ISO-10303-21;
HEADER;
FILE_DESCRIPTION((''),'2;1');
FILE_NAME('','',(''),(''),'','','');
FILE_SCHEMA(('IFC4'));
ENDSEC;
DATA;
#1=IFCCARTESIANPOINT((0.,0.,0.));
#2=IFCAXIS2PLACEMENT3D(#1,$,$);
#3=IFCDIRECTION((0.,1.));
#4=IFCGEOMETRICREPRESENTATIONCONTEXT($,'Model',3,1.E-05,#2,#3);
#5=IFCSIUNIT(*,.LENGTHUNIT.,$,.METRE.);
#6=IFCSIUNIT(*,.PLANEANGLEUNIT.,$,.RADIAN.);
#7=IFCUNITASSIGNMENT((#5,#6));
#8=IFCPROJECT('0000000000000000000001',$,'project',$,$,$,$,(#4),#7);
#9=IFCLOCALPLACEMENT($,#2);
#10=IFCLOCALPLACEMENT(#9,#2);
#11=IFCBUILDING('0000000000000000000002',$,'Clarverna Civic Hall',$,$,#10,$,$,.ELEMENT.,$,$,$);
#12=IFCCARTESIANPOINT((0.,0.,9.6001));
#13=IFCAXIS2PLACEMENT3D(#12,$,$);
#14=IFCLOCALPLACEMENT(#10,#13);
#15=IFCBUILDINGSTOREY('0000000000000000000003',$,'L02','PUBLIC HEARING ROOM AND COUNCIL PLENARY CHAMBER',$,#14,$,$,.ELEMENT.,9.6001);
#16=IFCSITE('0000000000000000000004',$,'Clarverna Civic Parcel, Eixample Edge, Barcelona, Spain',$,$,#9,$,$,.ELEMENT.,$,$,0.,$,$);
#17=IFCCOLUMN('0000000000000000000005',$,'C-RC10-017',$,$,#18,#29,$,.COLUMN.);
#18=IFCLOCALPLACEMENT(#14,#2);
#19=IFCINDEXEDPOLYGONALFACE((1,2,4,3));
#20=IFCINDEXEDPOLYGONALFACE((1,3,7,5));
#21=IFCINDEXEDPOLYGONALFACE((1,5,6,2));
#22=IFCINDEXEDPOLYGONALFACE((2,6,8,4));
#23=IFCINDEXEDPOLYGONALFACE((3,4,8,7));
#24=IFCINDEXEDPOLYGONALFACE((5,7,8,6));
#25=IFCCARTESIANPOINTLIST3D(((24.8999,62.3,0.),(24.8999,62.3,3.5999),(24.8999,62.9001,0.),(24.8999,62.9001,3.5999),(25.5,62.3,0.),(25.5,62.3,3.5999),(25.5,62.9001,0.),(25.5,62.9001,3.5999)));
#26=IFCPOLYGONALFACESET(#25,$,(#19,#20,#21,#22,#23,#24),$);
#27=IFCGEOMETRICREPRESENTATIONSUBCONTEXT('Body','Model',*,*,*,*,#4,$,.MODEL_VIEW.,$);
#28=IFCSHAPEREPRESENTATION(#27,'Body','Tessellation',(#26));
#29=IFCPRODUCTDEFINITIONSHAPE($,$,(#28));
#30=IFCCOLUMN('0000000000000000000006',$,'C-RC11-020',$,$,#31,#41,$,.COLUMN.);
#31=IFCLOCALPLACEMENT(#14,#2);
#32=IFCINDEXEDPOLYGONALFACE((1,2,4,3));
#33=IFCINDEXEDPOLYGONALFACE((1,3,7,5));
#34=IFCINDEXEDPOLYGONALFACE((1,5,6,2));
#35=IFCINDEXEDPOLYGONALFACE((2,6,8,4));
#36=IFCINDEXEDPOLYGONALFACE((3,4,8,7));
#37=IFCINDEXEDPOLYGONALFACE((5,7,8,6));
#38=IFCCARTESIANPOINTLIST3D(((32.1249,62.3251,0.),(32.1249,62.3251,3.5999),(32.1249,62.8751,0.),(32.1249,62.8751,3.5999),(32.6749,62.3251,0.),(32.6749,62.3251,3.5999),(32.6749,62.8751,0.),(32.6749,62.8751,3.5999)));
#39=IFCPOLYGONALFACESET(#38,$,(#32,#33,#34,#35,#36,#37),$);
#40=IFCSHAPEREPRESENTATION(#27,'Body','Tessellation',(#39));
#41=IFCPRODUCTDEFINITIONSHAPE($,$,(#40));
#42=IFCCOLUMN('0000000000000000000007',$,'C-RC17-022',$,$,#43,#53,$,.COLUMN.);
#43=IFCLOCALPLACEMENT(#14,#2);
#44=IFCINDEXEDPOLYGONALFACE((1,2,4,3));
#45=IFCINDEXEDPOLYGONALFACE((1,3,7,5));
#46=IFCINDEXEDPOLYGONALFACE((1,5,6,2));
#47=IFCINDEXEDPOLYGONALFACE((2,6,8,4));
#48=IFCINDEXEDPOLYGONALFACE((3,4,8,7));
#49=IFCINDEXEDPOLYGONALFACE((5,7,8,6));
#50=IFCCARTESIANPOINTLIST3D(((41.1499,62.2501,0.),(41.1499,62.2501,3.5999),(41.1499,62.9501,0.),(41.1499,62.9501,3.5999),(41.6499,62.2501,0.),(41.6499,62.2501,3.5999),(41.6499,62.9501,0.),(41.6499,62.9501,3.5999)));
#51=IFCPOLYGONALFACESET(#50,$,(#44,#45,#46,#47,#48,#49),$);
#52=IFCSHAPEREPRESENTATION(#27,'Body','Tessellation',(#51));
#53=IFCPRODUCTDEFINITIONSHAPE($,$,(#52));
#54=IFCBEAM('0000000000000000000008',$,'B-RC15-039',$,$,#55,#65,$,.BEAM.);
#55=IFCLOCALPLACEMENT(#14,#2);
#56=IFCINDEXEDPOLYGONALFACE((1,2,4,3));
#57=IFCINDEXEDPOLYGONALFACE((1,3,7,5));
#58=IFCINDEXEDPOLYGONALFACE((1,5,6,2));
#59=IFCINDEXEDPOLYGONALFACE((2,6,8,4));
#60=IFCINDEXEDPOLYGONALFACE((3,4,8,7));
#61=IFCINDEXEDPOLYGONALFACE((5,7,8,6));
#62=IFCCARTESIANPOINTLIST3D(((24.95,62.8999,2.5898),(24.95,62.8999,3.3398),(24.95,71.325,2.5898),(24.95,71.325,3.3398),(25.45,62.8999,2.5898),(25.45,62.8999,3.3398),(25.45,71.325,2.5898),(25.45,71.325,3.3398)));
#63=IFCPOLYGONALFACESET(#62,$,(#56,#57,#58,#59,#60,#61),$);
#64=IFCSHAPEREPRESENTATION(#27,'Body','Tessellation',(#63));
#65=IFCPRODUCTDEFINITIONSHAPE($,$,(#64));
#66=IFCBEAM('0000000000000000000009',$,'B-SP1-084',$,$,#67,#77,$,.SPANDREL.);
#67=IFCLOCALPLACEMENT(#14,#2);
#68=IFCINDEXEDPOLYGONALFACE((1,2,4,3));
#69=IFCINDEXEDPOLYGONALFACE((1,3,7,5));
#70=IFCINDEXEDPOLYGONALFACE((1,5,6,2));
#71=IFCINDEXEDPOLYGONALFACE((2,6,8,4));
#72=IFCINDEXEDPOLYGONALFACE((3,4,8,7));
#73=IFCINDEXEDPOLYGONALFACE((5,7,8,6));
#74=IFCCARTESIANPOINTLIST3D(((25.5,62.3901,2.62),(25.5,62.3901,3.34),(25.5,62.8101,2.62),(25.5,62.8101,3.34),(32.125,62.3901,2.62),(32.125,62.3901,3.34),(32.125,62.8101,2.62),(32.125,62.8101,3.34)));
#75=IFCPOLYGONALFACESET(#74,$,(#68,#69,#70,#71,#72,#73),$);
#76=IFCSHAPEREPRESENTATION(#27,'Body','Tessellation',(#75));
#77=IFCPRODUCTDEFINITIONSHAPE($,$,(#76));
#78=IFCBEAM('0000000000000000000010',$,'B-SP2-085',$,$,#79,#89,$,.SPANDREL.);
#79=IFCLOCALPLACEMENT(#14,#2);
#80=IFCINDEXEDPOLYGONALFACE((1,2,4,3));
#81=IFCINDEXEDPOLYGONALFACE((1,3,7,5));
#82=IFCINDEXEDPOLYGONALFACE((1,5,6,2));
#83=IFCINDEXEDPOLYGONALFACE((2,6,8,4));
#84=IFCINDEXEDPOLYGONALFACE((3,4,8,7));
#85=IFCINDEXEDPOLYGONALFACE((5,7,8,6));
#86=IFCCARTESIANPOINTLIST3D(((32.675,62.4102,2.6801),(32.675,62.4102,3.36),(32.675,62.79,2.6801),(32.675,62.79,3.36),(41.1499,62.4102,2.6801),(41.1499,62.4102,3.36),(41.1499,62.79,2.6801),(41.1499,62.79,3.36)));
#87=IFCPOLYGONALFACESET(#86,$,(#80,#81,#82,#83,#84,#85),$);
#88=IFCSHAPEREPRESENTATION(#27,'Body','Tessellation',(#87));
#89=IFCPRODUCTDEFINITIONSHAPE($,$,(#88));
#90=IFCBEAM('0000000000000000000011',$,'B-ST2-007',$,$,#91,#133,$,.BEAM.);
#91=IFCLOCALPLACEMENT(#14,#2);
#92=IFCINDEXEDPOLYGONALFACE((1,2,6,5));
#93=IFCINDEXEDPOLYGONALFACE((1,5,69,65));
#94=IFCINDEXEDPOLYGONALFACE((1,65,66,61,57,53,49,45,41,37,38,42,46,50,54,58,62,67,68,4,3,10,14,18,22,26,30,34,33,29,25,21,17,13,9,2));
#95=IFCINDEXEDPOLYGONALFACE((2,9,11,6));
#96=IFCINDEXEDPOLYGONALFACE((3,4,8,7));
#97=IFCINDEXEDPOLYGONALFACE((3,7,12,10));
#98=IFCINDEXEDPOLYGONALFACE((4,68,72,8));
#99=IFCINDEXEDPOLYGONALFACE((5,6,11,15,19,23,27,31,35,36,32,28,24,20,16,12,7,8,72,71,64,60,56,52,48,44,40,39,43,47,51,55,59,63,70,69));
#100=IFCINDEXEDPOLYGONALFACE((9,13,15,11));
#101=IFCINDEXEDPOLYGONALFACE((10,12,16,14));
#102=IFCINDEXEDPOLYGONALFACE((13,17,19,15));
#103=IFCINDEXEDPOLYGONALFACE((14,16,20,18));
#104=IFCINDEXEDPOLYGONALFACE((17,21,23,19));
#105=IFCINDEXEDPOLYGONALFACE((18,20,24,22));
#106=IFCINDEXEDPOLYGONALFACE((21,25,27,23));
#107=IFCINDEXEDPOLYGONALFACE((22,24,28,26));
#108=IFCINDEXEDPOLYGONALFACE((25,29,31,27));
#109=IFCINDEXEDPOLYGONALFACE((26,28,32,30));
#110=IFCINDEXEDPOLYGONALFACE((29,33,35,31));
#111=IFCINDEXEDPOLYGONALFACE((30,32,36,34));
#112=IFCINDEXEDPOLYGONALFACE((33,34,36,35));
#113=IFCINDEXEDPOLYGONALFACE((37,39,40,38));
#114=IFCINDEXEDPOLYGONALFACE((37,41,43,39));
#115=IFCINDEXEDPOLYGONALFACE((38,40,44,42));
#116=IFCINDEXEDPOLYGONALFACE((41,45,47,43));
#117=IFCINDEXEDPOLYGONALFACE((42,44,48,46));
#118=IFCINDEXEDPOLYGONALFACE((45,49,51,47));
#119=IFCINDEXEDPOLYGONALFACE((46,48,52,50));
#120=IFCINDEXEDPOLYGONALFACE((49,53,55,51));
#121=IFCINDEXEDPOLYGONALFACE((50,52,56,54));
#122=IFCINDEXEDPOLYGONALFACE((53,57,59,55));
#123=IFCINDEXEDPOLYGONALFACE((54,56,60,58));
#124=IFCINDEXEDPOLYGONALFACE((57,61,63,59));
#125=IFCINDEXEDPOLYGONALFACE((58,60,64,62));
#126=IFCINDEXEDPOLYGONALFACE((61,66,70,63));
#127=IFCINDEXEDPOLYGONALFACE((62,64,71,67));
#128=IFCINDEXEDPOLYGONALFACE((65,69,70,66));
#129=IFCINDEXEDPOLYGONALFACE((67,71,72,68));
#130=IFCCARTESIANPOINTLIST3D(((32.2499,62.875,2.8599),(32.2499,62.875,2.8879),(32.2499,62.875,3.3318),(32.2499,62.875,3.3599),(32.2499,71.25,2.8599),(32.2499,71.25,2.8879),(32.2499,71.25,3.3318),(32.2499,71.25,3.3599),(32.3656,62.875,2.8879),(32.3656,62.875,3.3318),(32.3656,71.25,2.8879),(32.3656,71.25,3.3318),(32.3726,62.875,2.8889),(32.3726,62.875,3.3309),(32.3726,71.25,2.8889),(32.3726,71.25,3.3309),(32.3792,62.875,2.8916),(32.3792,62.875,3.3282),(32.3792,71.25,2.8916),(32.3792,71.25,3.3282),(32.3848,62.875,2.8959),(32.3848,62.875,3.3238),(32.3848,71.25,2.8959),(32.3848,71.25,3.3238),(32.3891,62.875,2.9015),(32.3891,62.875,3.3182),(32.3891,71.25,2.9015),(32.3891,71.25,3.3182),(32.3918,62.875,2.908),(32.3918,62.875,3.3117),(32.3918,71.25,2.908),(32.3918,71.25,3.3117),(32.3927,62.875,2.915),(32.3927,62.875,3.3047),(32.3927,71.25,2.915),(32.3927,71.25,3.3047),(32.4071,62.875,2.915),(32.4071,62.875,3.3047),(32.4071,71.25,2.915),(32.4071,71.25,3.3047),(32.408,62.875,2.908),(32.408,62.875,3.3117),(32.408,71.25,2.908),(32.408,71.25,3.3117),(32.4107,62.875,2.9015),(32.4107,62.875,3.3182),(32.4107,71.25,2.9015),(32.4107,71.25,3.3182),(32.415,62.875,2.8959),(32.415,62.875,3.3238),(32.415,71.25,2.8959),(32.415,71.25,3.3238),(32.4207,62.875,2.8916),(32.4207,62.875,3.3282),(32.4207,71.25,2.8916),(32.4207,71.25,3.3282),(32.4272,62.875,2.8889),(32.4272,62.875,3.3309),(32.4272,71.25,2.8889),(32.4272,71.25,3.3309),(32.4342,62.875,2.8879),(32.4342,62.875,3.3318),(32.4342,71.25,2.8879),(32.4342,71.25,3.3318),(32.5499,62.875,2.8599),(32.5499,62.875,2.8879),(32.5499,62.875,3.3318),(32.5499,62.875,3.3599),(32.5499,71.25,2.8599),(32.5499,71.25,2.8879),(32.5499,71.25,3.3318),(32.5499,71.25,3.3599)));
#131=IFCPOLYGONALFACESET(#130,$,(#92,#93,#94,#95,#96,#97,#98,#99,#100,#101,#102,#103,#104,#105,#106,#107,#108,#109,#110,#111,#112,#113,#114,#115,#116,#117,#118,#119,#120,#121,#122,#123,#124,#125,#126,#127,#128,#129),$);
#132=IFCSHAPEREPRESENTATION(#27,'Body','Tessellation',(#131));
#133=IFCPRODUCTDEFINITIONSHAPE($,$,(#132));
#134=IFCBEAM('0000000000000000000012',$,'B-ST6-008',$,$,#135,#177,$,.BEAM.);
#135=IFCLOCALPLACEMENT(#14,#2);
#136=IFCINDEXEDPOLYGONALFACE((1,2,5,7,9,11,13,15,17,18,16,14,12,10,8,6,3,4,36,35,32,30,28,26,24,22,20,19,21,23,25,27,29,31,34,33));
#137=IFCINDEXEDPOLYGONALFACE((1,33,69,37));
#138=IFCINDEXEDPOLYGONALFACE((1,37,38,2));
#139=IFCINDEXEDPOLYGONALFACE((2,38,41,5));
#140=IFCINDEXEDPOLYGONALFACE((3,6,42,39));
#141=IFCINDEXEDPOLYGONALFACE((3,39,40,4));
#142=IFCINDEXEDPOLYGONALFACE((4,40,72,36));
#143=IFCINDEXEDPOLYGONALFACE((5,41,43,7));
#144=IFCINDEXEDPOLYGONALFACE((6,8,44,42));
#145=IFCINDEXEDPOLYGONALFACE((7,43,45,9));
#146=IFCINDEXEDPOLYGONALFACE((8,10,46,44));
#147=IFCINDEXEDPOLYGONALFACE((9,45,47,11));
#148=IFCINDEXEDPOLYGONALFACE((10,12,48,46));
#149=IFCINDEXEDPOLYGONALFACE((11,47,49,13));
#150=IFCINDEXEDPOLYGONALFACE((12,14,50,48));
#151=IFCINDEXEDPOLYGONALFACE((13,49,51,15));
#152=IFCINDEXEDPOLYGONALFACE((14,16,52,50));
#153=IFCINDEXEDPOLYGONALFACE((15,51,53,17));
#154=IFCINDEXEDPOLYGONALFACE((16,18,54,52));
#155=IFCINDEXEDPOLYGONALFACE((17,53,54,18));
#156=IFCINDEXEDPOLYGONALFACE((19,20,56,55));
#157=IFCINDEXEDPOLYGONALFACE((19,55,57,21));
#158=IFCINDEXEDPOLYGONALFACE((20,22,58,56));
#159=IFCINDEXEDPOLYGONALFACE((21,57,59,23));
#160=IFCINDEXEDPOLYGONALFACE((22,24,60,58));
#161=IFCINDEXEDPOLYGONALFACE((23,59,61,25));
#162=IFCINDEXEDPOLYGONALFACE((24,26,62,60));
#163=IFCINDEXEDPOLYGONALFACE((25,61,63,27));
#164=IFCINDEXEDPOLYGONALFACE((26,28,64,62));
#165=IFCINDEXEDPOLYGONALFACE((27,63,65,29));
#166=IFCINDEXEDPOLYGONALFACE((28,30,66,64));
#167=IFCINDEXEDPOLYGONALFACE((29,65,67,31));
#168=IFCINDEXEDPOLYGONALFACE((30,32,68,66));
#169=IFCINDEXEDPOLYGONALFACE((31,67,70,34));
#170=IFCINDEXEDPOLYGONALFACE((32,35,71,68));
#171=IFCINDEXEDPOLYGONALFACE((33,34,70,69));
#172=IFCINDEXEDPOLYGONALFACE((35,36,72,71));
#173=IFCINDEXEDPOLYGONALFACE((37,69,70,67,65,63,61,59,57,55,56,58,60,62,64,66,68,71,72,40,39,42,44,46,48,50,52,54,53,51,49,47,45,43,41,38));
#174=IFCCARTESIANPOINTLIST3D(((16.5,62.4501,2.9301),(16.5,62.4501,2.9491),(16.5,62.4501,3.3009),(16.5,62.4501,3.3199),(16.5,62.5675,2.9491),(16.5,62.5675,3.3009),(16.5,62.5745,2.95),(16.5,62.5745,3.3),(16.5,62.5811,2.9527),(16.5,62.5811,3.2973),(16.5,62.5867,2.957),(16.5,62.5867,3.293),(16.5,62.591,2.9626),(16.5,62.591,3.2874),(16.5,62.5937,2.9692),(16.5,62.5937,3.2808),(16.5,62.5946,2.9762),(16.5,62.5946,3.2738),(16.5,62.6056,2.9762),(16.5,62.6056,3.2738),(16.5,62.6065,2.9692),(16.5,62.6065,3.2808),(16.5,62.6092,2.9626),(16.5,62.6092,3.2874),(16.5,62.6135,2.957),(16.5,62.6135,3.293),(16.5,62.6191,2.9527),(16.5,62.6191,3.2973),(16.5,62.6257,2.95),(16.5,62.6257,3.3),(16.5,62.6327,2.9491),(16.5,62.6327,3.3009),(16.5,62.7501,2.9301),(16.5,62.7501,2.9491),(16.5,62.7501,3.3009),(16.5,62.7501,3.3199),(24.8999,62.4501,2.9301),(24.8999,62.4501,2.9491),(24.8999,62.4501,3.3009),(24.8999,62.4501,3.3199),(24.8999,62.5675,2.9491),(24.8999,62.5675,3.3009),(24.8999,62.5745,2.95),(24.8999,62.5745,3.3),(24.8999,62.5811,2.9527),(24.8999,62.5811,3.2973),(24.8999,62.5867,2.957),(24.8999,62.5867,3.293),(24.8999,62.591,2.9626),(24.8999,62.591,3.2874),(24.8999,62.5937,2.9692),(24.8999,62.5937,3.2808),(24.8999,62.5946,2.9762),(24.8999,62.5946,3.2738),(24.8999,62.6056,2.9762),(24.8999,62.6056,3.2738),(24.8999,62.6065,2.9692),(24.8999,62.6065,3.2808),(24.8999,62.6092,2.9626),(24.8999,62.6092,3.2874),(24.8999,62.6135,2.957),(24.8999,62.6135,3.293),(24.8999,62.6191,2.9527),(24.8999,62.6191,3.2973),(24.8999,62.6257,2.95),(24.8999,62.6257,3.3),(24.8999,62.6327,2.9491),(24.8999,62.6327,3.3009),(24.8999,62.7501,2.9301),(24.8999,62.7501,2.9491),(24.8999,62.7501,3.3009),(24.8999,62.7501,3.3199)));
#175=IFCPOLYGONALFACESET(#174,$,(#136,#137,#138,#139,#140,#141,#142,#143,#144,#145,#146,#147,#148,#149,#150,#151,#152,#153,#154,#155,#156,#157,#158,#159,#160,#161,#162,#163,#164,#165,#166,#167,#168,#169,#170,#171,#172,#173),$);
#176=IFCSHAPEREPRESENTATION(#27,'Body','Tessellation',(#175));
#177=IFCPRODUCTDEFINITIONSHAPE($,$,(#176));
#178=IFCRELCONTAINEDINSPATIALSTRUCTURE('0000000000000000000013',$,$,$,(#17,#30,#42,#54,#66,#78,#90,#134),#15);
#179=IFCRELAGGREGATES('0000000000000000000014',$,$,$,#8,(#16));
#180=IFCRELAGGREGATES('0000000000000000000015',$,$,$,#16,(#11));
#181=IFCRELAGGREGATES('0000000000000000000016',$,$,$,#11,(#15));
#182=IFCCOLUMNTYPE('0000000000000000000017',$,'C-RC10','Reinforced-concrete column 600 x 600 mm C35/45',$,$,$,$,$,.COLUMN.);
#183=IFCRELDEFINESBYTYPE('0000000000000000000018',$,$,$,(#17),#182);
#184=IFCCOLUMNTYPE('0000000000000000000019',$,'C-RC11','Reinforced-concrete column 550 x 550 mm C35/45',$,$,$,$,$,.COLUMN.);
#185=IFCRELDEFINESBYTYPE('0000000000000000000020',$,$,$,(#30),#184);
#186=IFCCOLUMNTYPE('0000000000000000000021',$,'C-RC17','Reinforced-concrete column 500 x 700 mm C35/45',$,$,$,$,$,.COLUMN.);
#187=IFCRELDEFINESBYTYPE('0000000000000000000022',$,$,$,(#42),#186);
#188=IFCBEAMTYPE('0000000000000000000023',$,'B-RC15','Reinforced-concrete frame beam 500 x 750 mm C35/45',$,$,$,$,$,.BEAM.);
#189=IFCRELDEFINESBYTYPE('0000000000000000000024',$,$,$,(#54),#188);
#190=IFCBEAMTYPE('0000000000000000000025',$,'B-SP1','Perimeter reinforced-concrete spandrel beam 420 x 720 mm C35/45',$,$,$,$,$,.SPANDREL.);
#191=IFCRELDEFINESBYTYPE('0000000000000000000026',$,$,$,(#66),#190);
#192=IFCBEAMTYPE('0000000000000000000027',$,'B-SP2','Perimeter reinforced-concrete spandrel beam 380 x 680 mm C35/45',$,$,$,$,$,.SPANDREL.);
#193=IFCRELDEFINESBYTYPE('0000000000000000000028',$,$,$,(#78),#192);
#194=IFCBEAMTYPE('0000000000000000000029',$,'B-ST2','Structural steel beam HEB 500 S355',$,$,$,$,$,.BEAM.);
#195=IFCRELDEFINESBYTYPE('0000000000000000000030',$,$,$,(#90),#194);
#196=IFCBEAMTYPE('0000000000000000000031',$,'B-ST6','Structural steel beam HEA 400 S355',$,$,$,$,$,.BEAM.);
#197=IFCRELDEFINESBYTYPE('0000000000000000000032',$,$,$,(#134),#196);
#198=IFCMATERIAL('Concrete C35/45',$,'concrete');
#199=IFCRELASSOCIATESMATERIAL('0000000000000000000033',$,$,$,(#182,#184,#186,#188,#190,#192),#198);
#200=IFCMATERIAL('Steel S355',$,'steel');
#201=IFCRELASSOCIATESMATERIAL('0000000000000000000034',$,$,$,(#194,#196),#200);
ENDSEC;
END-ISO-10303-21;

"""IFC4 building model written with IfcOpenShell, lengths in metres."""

from ifc_helpers import new_model, si_unit, direction, frame, origin, origin_2d, place, context, subcontext, project, spatial, rectangle, i_section, extrude, material, material_profile, profile_set, type_object, element, save


model = new_model("IFC4")

# Units and contexts
model_context = context("Model", 3, precision=1e-05, world=origin(), true_north=direction((0.0, 1.0)))
body_context = subcontext(model_context, "Body", "Model", "MODEL_VIEW")
ifc_project = project(units=[si_unit("LENGTHUNIT", "METRE"), si_unit("PLANEANGLEUNIT", "RADIAN")], contexts=[model_context])

# Site, building, storey
site_placement = place(None, origin())
site = spatial("IfcSite", under=ifc_project, at=site_placement, Name="Clarverna Civic Parcel, Eixample Edge, Barcelona, Spain", CompositionType="ELEMENT", RefElevation=0.0)
building_placement = place(site_placement, origin())
building = spatial("IfcBuilding", under=site, at=building_placement, Name="Clarverna Civic Hall", CompositionType="ELEMENT")
storey_placement = place(building_placement, frame((0.0, 0.0, 9.6001)))
storey = spatial("IfcBuildingStorey", under=building, at=storey_placement, Name="L02", Description="PUBLIC HEARING ROOM AND COUNCIL PLENARY CHAMBER", CompositionType="ELEMENT", Elevation=9.6001)

# Columns
ifc_material_1 = material(Name="Concrete C35/45", Category="concrete")
ifc_material_profile_1 = material_profile(ifc_material_1, rectangle(XDim=0.6001, YDim=0.6001, at=origin_2d()), Name="RC 600x600")
ifc_profile_set_1 = profile_set([ifc_material_profile_1], Name="Concrete C35/45")
column_type_1 = type_object("IfcColumnType", Name="C-RC10", Description="Reinforced-concrete column 600 x 600 mm C35/45", PredefinedType="COLUMN", material=ifc_profile_set_1)
column_1_placement = place(storey_placement, frame((25.2, 62.6001, 0.0), z_axis=(0.0, 0.0, 1.0), x_axis=(1.0, 0.0, 0.0)))
element("IfcColumn", 1, at=column_1_placement, inside=storey, type_object=column_type_1, Name="C-RC10-017", PredefinedType="COLUMN", context=body_context, shape_type="SweptSolid", body=[
    extrude(rectangle(XDim=0.6001, YDim=0.6001, at=origin_2d()), origin(), (0.0, 0.0, 1.0), 3.5999),
])
ifc_material_profile_2 = material_profile(ifc_material_1, rectangle(XDim=0.55, YDim=0.55, at=origin_2d()), Name="RC 550x550")
ifc_profile_set_2 = profile_set([ifc_material_profile_2], Name="Concrete C35/45")
column_type_2 = type_object("IfcColumnType", Name="C-RC11", Description="Reinforced-concrete column 550 x 550 mm C35/45", PredefinedType="COLUMN", material=ifc_profile_set_2)
column_2_placement = place(storey_placement, frame((32.3999, 62.6001, 0.0), z_axis=(0.0, 0.0, 1.0), x_axis=(1.0, 0.0, 0.0)))
element("IfcColumn", 2, at=column_2_placement, inside=storey, type_object=column_type_2, Name="C-RC11-020", PredefinedType="COLUMN", context=body_context, shape_type="SweptSolid", body=[
    extrude(rectangle(XDim=0.55, YDim=0.55, at=origin_2d()), origin(), (0.0, 0.0, 1.0), 3.5999),
])
ifc_material_profile_3 = material_profile(ifc_material_1, rectangle(XDim=0.5, YDim=0.7, at=origin_2d()), Name="RC 500x700")
ifc_profile_set_3 = profile_set([ifc_material_profile_3], Name="Concrete C35/45")
column_type_3 = type_object("IfcColumnType", Name="C-RC17", Description="Reinforced-concrete column 500 x 700 mm C35/45", PredefinedType="COLUMN", material=ifc_profile_set_3)
column_3_placement = place(storey_placement, frame((41.3999, 62.6001, 0.0), z_axis=(0.0, 0.0, 1.0), x_axis=(1.0, 0.0, 0.0)))
element("IfcColumn", 3, at=column_3_placement, inside=storey, type_object=column_type_3, Name="C-RC17-022", PredefinedType="COLUMN", context=body_context, shape_type="SweptSolid", body=[
    extrude(rectangle(XDim=0.5, YDim=0.7, at=origin_2d()), origin(), (0.0, 0.0, 1.0), 3.5999),
])

# Beams
ifc_material_profile_4 = material_profile(ifc_material_1, rectangle(XDim=0.5, YDim=0.75, at=origin_2d()), Name="RC 500x750")
ifc_profile_set_4 = profile_set([ifc_material_profile_4], Name="Concrete C35/45")
beam_type_1 = type_object("IfcBeamType", Name="B-RC15", Description="Reinforced-concrete frame beam 500 x 750 mm C35/45", PredefinedType="BEAM", material=ifc_profile_set_4)
beam_1_placement = place(storey_placement, frame((25.2, 62.8999, 2.9648), z_axis=(0.0, 1.0, 0.0), x_axis=(-1.0, 0.0, 0.0)))
element("IfcBeam", 4, at=beam_1_placement, inside=storey, type_object=beam_type_1, Name="B-RC15-039", PredefinedType="BEAM", context=body_context, shape_type="SweptSolid", body=[
    extrude(rectangle(XDim=0.5, YDim=0.75, at=origin_2d()), origin(), (0.0, 0.0, 1.0), 8.425),
])
ifc_material_profile_5 = material_profile(ifc_material_1, rectangle(XDim=0.4199, YDim=0.72, at=origin_2d()), Name="RC 420x720")
ifc_profile_set_5 = profile_set([ifc_material_profile_5], Name="Concrete C35/45")
beam_type_2 = type_object("IfcBeamType", Name="B-SP1", Description="Perimeter reinforced-concrete spandrel beam 420 x 720 mm C35/45", PredefinedType="SPANDREL", material=ifc_profile_set_5)
beam_2_placement = place(storey_placement, frame((25.5, 62.6001, 2.98), z_axis=(1.0, 0.0, 0.0), x_axis=(0.0, 1.0, 0.0)))
element("IfcBeam", 5, at=beam_2_placement, inside=storey, type_object=beam_type_2, Name="B-SP1-084", PredefinedType="SPANDREL", context=body_context, shape_type="SweptSolid", body=[
    extrude(rectangle(XDim=0.4199, YDim=0.72, at=origin_2d()), origin(), (0.0, 0.0, 1.0), 6.625),
])
ifc_material_profile_6 = material_profile(ifc_material_1, rectangle(XDim=0.3799, YDim=0.6799, at=origin_2d()), Name="RC 380x680")
ifc_profile_set_6 = profile_set([ifc_material_profile_6], Name="Concrete C35/45")
beam_type_3 = type_object("IfcBeamType", Name="B-SP2", Description="Perimeter reinforced-concrete spandrel beam 380 x 680 mm C35/45", PredefinedType="SPANDREL", material=ifc_profile_set_6)
beam_3_placement = place(storey_placement, frame((32.675, 62.6001, 3.02), z_axis=(1.0, 0.0, 0.0), x_axis=(0.0, 1.0, 0.0)))
element("IfcBeam", 6, at=beam_3_placement, inside=storey, type_object=beam_type_3, Name="B-SP2-085", PredefinedType="SPANDREL", context=body_context, shape_type="SweptSolid", body=[
    extrude(rectangle(XDim=0.3799, YDim=0.6799, at=origin_2d()), origin(), (0.0, 0.0, 1.0), 8.4749),
])
ifc_material_2 = material(Name="Steel S355", Category="steel")
ifc_material_profile_7 = material_profile(ifc_material_2, i_section(OverallWidth=0.3, OverallDepth=0.5, WebThickness=0.0144, FlangeThickness=0.0281, FilletRadius=0.0271, at=origin_2d()), Name="HEB 500")
ifc_profile_set_7 = profile_set([ifc_material_profile_7], Name="Steel S355")
beam_type_4 = type_object("IfcBeamType", Name="B-ST2", Description="Structural steel beam HEB 500 S355", PredefinedType="BEAM", material=ifc_profile_set_7)
beam_4_placement = place(storey_placement, frame((32.3999, 62.875, 3.1099), z_axis=(0.0, 1.0, 0.0), x_axis=(-1.0, 0.0, 0.0)))
element("IfcBeam", 7, at=beam_4_placement, inside=storey, type_object=beam_type_4, Name="B-ST2-007", PredefinedType="BEAM", context=body_context, shape_type="SweptSolid", body=[
    extrude(i_section(OverallWidth=0.3, OverallDepth=0.5, WebThickness=0.0144, FlangeThickness=0.0281, FilletRadius=0.0271, at=origin_2d()), origin(), (0.0, 0.0, 1.0), 8.375),
])
ifc_material_profile_8 = material_profile(ifc_material_2, i_section(OverallWidth=0.3, OverallDepth=0.3899, WebThickness=0.011, FlangeThickness=0.019, FilletRadius=0.0271, at=origin_2d()), Name="HEA 400")
ifc_profile_set_8 = profile_set([ifc_material_profile_8], Name="Steel S355")
beam_type_5 = type_object("IfcBeamType", Name="B-ST6", Description="Structural steel beam HEA 400 S355", PredefinedType="BEAM", material=ifc_profile_set_8)
beam_5_placement = place(storey_placement, frame((16.5, 62.6001, 3.125), z_axis=(1.0, 0.0, 0.0), x_axis=(0.0, 1.0, 0.0)))
element("IfcBeam", 8, at=beam_5_placement, inside=storey, type_object=beam_type_5, Name="B-ST6-008", PredefinedType="BEAM", context=body_context, shape_type="SweptSolid", body=[
    extrude(i_section(OverallWidth=0.3, OverallDepth=0.3899, WebThickness=0.011, FlangeThickness=0.019, FilletRadius=0.0271, at=origin_2d()), origin(), (0.0, 0.0, 1.0), 8.3999),
])

save(model, "model.ifc")
